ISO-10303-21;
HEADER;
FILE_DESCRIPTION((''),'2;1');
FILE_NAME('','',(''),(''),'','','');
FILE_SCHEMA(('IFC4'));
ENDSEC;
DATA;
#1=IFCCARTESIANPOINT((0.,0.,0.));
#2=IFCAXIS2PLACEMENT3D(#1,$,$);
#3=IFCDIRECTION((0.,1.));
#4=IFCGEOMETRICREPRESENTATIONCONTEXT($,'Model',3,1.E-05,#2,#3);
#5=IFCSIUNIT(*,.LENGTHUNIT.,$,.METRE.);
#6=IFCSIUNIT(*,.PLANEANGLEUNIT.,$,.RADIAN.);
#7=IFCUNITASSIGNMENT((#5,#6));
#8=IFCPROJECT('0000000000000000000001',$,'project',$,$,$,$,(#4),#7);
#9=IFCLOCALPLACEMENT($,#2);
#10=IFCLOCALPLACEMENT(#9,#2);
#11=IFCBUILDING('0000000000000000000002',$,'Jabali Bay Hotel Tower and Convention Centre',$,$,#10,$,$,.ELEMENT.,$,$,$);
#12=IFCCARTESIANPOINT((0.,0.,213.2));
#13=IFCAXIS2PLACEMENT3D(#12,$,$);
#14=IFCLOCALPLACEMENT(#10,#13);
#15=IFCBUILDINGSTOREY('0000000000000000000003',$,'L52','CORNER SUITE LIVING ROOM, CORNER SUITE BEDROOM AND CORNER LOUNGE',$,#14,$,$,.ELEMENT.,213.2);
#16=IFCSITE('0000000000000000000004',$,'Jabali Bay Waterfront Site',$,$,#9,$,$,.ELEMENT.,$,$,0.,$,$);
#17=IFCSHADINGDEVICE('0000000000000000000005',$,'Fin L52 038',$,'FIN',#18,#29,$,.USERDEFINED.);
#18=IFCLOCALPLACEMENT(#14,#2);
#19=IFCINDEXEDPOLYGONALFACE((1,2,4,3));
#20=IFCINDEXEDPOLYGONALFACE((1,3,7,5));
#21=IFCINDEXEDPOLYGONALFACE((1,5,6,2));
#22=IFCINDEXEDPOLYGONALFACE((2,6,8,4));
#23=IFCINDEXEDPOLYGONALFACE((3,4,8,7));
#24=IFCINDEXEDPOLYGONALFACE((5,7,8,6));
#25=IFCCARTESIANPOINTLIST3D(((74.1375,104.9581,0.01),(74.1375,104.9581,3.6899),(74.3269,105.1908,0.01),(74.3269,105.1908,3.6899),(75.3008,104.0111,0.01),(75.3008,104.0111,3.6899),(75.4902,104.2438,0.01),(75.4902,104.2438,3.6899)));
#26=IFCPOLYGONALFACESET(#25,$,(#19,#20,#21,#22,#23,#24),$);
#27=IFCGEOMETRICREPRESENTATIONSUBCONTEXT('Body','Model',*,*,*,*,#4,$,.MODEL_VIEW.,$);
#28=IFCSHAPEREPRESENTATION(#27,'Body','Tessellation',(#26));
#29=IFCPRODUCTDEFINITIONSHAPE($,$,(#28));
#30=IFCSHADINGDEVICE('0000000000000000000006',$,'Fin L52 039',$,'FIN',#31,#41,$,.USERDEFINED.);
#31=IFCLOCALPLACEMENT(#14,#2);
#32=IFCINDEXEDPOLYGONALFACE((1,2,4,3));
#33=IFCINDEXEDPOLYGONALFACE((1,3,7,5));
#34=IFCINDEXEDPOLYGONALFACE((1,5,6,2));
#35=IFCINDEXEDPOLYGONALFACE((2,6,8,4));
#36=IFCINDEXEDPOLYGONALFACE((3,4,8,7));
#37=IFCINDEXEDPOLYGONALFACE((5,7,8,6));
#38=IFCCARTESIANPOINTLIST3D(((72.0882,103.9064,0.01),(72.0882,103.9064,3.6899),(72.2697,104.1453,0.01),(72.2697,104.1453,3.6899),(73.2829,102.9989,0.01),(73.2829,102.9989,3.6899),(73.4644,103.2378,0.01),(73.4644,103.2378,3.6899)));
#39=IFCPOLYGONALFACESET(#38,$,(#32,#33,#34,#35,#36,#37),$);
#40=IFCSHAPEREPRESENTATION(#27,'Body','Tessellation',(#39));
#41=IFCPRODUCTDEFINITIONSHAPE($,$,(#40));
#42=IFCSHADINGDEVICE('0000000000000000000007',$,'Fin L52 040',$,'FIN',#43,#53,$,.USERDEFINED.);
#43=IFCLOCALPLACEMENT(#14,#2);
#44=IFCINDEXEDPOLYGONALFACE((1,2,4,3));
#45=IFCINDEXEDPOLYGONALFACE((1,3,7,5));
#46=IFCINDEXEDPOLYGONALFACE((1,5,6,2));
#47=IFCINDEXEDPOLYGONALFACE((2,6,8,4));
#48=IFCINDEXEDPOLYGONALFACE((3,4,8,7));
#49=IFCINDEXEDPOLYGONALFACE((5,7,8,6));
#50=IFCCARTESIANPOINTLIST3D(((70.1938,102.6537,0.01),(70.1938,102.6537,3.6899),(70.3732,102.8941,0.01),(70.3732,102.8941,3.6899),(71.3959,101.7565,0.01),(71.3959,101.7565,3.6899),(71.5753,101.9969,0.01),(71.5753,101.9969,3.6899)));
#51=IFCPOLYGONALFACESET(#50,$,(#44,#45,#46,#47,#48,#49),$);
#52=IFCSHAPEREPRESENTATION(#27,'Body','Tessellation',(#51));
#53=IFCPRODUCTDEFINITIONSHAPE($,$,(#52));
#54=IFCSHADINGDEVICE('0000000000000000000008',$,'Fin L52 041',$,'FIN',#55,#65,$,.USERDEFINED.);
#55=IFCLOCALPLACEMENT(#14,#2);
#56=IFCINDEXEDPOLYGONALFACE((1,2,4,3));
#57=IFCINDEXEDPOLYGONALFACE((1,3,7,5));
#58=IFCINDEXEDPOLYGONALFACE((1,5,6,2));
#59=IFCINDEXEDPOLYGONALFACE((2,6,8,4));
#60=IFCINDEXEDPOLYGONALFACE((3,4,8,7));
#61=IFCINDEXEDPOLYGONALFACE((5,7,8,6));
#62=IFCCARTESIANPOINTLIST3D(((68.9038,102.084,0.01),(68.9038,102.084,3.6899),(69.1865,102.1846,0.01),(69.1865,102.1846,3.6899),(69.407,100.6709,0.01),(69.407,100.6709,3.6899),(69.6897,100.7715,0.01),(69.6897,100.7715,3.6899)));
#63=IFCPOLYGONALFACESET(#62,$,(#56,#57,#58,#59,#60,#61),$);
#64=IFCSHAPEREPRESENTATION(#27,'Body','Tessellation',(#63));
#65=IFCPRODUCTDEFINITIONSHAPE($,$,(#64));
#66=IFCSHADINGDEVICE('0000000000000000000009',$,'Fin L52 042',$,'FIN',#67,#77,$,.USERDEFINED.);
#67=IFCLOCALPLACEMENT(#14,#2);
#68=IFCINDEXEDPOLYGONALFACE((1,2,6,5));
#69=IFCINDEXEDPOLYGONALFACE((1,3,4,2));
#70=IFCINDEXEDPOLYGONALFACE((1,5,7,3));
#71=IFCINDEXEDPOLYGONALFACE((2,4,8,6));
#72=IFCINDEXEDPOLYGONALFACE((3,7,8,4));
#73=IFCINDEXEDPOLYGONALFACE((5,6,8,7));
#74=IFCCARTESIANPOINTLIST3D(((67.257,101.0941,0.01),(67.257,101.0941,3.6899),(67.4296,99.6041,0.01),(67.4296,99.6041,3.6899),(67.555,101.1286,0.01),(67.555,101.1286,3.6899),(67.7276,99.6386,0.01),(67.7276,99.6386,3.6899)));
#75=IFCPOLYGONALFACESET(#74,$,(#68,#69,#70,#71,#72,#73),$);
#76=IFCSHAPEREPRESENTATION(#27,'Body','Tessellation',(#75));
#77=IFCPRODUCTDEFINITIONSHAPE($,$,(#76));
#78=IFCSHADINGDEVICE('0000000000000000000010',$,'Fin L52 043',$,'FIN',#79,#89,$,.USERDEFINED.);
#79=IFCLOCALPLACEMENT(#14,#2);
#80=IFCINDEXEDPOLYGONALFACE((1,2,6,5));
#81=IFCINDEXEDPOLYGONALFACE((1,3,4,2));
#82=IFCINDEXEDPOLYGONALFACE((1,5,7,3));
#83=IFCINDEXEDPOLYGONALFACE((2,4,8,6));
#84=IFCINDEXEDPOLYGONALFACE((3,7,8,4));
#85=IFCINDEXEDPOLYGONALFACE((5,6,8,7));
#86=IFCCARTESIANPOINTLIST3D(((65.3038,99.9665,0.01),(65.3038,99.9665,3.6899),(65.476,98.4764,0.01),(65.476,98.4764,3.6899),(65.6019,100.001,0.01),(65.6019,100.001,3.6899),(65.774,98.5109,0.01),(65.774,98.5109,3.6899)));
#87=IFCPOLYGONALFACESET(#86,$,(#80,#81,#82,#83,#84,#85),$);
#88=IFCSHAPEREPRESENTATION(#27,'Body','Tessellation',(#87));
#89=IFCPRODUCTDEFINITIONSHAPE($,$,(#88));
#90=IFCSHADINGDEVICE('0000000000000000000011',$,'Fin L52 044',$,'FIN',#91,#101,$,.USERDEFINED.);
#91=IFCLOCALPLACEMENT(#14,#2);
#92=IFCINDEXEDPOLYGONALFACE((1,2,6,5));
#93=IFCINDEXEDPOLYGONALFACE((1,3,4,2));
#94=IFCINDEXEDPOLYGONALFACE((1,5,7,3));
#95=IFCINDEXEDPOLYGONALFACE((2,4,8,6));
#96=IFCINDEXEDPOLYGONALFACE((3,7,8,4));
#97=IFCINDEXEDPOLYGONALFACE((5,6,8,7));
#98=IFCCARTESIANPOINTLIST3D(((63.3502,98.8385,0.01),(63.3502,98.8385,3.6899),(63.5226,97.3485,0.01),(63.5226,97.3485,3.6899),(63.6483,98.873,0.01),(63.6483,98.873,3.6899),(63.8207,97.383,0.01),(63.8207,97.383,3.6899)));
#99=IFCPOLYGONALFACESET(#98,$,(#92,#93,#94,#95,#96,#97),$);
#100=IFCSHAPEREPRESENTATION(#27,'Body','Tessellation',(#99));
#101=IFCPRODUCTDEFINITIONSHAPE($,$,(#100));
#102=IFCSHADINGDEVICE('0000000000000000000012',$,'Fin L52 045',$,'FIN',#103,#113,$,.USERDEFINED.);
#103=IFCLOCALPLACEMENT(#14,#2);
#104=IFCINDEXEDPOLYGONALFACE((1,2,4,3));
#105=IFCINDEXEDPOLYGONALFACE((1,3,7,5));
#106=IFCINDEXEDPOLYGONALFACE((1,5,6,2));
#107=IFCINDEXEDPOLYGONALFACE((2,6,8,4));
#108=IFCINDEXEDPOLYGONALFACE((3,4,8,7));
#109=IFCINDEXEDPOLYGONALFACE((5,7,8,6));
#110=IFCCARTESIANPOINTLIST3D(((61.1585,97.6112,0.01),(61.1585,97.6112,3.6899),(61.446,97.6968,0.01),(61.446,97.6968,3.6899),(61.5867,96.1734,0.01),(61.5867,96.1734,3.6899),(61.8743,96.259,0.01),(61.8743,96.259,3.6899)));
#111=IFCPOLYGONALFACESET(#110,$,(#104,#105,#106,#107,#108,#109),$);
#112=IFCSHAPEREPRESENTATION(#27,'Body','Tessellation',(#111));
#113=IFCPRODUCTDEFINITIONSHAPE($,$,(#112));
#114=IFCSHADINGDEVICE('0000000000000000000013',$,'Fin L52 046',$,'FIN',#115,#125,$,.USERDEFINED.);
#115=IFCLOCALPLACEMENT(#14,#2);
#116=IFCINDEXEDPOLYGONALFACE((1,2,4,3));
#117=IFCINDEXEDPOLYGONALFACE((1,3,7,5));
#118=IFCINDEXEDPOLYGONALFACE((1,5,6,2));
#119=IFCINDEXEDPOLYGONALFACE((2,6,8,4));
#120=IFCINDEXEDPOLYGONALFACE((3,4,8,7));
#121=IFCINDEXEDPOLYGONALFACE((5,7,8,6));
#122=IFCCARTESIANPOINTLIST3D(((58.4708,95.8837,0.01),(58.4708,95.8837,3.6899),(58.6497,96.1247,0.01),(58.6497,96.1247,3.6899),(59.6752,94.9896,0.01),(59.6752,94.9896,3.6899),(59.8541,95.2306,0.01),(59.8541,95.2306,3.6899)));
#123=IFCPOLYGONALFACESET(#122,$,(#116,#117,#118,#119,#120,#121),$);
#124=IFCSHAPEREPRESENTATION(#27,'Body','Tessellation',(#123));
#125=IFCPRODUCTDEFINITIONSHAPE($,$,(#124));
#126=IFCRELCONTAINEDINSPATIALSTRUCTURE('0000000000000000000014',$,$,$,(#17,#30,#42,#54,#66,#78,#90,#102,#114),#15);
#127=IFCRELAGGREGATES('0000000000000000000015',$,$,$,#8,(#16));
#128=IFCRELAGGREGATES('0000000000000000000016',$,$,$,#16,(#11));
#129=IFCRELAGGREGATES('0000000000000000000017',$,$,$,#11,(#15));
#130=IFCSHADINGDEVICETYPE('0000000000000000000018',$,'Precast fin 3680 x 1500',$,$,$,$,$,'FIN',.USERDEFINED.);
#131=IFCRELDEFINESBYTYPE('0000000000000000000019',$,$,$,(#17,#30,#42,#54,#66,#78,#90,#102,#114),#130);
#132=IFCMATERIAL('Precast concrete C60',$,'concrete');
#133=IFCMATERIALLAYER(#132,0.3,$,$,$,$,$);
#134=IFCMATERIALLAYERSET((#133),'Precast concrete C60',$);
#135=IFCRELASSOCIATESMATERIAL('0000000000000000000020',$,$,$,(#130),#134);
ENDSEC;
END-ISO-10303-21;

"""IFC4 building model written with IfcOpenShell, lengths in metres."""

from ifc_helpers import new_model, si_unit, direction, frame, frame_2d, origin, place, context, subcontext, project, spatial, rectangle, extrude, material, layer, layer_set, type_object, element, save


model = new_model("IFC4")

# Units and contexts
model_context = context("Model", 3, precision=1e-05, world=origin(), true_north=direction((0.0, 1.0)))
body_context = subcontext(model_context, "Body", "Model", "MODEL_VIEW")
ifc_project = project(units=[si_unit("LENGTHUNIT", "METRE"), si_unit("PLANEANGLEUNIT", "RADIAN")], contexts=[model_context])

# Site, building, storey
site_placement = place(None, origin())
site = spatial("IfcSite", under=ifc_project, at=site_placement, Name="Jabali Bay Waterfront Site", CompositionType="ELEMENT", RefElevation=0.0)
building_placement = place(site_placement, origin())
building = spatial("IfcBuilding", under=site, at=building_placement, Name="Jabali Bay Hotel Tower and Convention Centre", CompositionType="ELEMENT")
storey_placement = place(building_placement, frame((0.0, 0.0, 213.2)))
storey = spatial("IfcBuildingStorey", under=building, at=storey_placement, Name="L52", Description="CORNER SUITE LIVING ROOM, CORNER SUITE BEDROOM AND CORNER LOUNGE", CompositionType="ELEMENT", Elevation=213.2)

# Shading devices
ifc_material_1 = material(Name="Precast concrete C60", Category="concrete")
ifc_layer_1 = layer(ifc_material_1, 0.3)
ifc_layer_set_1 = layer_set([ifc_layer_1], Name="Precast concrete C60")
shading_device_type_1 = type_object("IfcShadingDeviceType", Name="Precast fin 3680 x 1500", ElementType="FIN", PredefinedType="USERDEFINED", material=ifc_layer_set_1)
shading_device_1_placement = place(storey_placement, frame((75.3955, 104.1274, 0.01), z_axis=(0.0, 0.0, 1.0), x_axis=(-0.775521, 0.631321, 0.0)))
element("IfcShadingDevice", 1, at=shading_device_1_placement, inside=storey, type_object=shading_device_type_1, Name="Fin L52 038", ObjectType="FIN", PredefinedType="USERDEFINED", context=body_context, shape_type="SweptSolid", body=[
    extrude(rectangle(XDim=1.5, YDim=0.3, at=frame_2d((0.75, 0.0))), origin(), (0.0, 0.0, 1.0), 3.6799),
])
shading_device_2_placement = place(storey_placement, frame((73.3735, 103.1184, 0.01), z_axis=(0.0, 0.0, 1.0), x_axis=(-0.796294, 0.60491, 0.0)))
element("IfcShadingDevice", 2, at=shading_device_2_placement, inside=storey, type_object=shading_device_type_1, Name="Fin L52 039", ObjectType="FIN", PredefinedType="USERDEFINED", context=body_context, shape_type="SweptSolid", body=[
    extrude(rectangle(XDim=1.5002, YDim=0.3, at=frame_2d((0.75, 0.0))), origin(), (0.0, 0.0, 1.0), 3.6799),
])
for number, where, z_axis, x_axis, name in (
    (3, (71.4856, 101.8767, 0.01), (0.0, 0.0, 1.0), (-0.801404, 0.598123, 0.0), "Fin L52 040"),
    (4, (69.5483, 100.7212, 0.01), (0.0, 0.0, 1.0), (-0.33545, 0.942058, 0.0), "Fin L52 041"),
    (5, (67.5786, 99.6213, 0.01), (0.0, 0.0, 1.0), (-0.115075, 0.993357, 0.0), "Fin L52 042"),
    (6, (65.625, 98.4937, 0.01), (0.0, 0.0, 1.0), (-0.114754, 0.993394, 0.0), "Fin L52 043"),
    (7, (63.6716, 97.3657, 0.01), (0.0, 0.0, 1.0), (-0.114914, 0.993375, 0.0), "Fin L52 044"),
):
    element("IfcShadingDevice", number, at=place(storey_placement, frame(where, z_axis=z_axis, x_axis=x_axis)), inside=storey, type_object=shading_device_type_1, Name=name, ObjectType="FIN", PredefinedType="USERDEFINED", context=body_context, shape_type="SweptSolid", body=[
        extrude(rectangle(XDim=1.5, YDim=0.3, at=frame_2d((0.75, 0.0))), origin(), (0.0, 0.0, 1.0), 3.6799),
    ])
shading_device_3_placement = place(storey_placement, frame((61.7305, 96.2163, 0.01), z_axis=(0.0, 0.0, 1.0), x_axis=(-0.285451, 0.958393, 0.0)))
element("IfcShadingDevice", 8, at=shading_device_3_placement, inside=storey, type_object=shading_device_type_1, Name="Fin L52 045", ObjectType="FIN", PredefinedType="USERDEFINED", context=body_context, shape_type="SweptSolid", body=[
    extrude(rectangle(XDim=1.5002, YDim=0.3, at=frame_2d((0.75, 0.0))), origin(), (0.0, 0.0, 1.0), 3.6799),
])
shading_device_4_placement = place(storey_placement, frame((59.7646, 95.1101, 0.01), z_axis=(0.0, 0.0, 1.0), x_axis=(-0.80294, 0.59606, 0.0)))
element("IfcShadingDevice", 9, at=shading_device_4_placement, inside=storey, type_object=shading_device_type_1, Name="Fin L52 046", ObjectType="FIN", PredefinedType="USERDEFINED", context=body_context, shape_type="SweptSolid", body=[
    extrude(rectangle(XDim=1.5, YDim=0.3, at=frame_2d((0.75, 0.0))), origin(), (0.0, 0.0, 1.0), 3.6799),
])

save(model, "model.ifc")
